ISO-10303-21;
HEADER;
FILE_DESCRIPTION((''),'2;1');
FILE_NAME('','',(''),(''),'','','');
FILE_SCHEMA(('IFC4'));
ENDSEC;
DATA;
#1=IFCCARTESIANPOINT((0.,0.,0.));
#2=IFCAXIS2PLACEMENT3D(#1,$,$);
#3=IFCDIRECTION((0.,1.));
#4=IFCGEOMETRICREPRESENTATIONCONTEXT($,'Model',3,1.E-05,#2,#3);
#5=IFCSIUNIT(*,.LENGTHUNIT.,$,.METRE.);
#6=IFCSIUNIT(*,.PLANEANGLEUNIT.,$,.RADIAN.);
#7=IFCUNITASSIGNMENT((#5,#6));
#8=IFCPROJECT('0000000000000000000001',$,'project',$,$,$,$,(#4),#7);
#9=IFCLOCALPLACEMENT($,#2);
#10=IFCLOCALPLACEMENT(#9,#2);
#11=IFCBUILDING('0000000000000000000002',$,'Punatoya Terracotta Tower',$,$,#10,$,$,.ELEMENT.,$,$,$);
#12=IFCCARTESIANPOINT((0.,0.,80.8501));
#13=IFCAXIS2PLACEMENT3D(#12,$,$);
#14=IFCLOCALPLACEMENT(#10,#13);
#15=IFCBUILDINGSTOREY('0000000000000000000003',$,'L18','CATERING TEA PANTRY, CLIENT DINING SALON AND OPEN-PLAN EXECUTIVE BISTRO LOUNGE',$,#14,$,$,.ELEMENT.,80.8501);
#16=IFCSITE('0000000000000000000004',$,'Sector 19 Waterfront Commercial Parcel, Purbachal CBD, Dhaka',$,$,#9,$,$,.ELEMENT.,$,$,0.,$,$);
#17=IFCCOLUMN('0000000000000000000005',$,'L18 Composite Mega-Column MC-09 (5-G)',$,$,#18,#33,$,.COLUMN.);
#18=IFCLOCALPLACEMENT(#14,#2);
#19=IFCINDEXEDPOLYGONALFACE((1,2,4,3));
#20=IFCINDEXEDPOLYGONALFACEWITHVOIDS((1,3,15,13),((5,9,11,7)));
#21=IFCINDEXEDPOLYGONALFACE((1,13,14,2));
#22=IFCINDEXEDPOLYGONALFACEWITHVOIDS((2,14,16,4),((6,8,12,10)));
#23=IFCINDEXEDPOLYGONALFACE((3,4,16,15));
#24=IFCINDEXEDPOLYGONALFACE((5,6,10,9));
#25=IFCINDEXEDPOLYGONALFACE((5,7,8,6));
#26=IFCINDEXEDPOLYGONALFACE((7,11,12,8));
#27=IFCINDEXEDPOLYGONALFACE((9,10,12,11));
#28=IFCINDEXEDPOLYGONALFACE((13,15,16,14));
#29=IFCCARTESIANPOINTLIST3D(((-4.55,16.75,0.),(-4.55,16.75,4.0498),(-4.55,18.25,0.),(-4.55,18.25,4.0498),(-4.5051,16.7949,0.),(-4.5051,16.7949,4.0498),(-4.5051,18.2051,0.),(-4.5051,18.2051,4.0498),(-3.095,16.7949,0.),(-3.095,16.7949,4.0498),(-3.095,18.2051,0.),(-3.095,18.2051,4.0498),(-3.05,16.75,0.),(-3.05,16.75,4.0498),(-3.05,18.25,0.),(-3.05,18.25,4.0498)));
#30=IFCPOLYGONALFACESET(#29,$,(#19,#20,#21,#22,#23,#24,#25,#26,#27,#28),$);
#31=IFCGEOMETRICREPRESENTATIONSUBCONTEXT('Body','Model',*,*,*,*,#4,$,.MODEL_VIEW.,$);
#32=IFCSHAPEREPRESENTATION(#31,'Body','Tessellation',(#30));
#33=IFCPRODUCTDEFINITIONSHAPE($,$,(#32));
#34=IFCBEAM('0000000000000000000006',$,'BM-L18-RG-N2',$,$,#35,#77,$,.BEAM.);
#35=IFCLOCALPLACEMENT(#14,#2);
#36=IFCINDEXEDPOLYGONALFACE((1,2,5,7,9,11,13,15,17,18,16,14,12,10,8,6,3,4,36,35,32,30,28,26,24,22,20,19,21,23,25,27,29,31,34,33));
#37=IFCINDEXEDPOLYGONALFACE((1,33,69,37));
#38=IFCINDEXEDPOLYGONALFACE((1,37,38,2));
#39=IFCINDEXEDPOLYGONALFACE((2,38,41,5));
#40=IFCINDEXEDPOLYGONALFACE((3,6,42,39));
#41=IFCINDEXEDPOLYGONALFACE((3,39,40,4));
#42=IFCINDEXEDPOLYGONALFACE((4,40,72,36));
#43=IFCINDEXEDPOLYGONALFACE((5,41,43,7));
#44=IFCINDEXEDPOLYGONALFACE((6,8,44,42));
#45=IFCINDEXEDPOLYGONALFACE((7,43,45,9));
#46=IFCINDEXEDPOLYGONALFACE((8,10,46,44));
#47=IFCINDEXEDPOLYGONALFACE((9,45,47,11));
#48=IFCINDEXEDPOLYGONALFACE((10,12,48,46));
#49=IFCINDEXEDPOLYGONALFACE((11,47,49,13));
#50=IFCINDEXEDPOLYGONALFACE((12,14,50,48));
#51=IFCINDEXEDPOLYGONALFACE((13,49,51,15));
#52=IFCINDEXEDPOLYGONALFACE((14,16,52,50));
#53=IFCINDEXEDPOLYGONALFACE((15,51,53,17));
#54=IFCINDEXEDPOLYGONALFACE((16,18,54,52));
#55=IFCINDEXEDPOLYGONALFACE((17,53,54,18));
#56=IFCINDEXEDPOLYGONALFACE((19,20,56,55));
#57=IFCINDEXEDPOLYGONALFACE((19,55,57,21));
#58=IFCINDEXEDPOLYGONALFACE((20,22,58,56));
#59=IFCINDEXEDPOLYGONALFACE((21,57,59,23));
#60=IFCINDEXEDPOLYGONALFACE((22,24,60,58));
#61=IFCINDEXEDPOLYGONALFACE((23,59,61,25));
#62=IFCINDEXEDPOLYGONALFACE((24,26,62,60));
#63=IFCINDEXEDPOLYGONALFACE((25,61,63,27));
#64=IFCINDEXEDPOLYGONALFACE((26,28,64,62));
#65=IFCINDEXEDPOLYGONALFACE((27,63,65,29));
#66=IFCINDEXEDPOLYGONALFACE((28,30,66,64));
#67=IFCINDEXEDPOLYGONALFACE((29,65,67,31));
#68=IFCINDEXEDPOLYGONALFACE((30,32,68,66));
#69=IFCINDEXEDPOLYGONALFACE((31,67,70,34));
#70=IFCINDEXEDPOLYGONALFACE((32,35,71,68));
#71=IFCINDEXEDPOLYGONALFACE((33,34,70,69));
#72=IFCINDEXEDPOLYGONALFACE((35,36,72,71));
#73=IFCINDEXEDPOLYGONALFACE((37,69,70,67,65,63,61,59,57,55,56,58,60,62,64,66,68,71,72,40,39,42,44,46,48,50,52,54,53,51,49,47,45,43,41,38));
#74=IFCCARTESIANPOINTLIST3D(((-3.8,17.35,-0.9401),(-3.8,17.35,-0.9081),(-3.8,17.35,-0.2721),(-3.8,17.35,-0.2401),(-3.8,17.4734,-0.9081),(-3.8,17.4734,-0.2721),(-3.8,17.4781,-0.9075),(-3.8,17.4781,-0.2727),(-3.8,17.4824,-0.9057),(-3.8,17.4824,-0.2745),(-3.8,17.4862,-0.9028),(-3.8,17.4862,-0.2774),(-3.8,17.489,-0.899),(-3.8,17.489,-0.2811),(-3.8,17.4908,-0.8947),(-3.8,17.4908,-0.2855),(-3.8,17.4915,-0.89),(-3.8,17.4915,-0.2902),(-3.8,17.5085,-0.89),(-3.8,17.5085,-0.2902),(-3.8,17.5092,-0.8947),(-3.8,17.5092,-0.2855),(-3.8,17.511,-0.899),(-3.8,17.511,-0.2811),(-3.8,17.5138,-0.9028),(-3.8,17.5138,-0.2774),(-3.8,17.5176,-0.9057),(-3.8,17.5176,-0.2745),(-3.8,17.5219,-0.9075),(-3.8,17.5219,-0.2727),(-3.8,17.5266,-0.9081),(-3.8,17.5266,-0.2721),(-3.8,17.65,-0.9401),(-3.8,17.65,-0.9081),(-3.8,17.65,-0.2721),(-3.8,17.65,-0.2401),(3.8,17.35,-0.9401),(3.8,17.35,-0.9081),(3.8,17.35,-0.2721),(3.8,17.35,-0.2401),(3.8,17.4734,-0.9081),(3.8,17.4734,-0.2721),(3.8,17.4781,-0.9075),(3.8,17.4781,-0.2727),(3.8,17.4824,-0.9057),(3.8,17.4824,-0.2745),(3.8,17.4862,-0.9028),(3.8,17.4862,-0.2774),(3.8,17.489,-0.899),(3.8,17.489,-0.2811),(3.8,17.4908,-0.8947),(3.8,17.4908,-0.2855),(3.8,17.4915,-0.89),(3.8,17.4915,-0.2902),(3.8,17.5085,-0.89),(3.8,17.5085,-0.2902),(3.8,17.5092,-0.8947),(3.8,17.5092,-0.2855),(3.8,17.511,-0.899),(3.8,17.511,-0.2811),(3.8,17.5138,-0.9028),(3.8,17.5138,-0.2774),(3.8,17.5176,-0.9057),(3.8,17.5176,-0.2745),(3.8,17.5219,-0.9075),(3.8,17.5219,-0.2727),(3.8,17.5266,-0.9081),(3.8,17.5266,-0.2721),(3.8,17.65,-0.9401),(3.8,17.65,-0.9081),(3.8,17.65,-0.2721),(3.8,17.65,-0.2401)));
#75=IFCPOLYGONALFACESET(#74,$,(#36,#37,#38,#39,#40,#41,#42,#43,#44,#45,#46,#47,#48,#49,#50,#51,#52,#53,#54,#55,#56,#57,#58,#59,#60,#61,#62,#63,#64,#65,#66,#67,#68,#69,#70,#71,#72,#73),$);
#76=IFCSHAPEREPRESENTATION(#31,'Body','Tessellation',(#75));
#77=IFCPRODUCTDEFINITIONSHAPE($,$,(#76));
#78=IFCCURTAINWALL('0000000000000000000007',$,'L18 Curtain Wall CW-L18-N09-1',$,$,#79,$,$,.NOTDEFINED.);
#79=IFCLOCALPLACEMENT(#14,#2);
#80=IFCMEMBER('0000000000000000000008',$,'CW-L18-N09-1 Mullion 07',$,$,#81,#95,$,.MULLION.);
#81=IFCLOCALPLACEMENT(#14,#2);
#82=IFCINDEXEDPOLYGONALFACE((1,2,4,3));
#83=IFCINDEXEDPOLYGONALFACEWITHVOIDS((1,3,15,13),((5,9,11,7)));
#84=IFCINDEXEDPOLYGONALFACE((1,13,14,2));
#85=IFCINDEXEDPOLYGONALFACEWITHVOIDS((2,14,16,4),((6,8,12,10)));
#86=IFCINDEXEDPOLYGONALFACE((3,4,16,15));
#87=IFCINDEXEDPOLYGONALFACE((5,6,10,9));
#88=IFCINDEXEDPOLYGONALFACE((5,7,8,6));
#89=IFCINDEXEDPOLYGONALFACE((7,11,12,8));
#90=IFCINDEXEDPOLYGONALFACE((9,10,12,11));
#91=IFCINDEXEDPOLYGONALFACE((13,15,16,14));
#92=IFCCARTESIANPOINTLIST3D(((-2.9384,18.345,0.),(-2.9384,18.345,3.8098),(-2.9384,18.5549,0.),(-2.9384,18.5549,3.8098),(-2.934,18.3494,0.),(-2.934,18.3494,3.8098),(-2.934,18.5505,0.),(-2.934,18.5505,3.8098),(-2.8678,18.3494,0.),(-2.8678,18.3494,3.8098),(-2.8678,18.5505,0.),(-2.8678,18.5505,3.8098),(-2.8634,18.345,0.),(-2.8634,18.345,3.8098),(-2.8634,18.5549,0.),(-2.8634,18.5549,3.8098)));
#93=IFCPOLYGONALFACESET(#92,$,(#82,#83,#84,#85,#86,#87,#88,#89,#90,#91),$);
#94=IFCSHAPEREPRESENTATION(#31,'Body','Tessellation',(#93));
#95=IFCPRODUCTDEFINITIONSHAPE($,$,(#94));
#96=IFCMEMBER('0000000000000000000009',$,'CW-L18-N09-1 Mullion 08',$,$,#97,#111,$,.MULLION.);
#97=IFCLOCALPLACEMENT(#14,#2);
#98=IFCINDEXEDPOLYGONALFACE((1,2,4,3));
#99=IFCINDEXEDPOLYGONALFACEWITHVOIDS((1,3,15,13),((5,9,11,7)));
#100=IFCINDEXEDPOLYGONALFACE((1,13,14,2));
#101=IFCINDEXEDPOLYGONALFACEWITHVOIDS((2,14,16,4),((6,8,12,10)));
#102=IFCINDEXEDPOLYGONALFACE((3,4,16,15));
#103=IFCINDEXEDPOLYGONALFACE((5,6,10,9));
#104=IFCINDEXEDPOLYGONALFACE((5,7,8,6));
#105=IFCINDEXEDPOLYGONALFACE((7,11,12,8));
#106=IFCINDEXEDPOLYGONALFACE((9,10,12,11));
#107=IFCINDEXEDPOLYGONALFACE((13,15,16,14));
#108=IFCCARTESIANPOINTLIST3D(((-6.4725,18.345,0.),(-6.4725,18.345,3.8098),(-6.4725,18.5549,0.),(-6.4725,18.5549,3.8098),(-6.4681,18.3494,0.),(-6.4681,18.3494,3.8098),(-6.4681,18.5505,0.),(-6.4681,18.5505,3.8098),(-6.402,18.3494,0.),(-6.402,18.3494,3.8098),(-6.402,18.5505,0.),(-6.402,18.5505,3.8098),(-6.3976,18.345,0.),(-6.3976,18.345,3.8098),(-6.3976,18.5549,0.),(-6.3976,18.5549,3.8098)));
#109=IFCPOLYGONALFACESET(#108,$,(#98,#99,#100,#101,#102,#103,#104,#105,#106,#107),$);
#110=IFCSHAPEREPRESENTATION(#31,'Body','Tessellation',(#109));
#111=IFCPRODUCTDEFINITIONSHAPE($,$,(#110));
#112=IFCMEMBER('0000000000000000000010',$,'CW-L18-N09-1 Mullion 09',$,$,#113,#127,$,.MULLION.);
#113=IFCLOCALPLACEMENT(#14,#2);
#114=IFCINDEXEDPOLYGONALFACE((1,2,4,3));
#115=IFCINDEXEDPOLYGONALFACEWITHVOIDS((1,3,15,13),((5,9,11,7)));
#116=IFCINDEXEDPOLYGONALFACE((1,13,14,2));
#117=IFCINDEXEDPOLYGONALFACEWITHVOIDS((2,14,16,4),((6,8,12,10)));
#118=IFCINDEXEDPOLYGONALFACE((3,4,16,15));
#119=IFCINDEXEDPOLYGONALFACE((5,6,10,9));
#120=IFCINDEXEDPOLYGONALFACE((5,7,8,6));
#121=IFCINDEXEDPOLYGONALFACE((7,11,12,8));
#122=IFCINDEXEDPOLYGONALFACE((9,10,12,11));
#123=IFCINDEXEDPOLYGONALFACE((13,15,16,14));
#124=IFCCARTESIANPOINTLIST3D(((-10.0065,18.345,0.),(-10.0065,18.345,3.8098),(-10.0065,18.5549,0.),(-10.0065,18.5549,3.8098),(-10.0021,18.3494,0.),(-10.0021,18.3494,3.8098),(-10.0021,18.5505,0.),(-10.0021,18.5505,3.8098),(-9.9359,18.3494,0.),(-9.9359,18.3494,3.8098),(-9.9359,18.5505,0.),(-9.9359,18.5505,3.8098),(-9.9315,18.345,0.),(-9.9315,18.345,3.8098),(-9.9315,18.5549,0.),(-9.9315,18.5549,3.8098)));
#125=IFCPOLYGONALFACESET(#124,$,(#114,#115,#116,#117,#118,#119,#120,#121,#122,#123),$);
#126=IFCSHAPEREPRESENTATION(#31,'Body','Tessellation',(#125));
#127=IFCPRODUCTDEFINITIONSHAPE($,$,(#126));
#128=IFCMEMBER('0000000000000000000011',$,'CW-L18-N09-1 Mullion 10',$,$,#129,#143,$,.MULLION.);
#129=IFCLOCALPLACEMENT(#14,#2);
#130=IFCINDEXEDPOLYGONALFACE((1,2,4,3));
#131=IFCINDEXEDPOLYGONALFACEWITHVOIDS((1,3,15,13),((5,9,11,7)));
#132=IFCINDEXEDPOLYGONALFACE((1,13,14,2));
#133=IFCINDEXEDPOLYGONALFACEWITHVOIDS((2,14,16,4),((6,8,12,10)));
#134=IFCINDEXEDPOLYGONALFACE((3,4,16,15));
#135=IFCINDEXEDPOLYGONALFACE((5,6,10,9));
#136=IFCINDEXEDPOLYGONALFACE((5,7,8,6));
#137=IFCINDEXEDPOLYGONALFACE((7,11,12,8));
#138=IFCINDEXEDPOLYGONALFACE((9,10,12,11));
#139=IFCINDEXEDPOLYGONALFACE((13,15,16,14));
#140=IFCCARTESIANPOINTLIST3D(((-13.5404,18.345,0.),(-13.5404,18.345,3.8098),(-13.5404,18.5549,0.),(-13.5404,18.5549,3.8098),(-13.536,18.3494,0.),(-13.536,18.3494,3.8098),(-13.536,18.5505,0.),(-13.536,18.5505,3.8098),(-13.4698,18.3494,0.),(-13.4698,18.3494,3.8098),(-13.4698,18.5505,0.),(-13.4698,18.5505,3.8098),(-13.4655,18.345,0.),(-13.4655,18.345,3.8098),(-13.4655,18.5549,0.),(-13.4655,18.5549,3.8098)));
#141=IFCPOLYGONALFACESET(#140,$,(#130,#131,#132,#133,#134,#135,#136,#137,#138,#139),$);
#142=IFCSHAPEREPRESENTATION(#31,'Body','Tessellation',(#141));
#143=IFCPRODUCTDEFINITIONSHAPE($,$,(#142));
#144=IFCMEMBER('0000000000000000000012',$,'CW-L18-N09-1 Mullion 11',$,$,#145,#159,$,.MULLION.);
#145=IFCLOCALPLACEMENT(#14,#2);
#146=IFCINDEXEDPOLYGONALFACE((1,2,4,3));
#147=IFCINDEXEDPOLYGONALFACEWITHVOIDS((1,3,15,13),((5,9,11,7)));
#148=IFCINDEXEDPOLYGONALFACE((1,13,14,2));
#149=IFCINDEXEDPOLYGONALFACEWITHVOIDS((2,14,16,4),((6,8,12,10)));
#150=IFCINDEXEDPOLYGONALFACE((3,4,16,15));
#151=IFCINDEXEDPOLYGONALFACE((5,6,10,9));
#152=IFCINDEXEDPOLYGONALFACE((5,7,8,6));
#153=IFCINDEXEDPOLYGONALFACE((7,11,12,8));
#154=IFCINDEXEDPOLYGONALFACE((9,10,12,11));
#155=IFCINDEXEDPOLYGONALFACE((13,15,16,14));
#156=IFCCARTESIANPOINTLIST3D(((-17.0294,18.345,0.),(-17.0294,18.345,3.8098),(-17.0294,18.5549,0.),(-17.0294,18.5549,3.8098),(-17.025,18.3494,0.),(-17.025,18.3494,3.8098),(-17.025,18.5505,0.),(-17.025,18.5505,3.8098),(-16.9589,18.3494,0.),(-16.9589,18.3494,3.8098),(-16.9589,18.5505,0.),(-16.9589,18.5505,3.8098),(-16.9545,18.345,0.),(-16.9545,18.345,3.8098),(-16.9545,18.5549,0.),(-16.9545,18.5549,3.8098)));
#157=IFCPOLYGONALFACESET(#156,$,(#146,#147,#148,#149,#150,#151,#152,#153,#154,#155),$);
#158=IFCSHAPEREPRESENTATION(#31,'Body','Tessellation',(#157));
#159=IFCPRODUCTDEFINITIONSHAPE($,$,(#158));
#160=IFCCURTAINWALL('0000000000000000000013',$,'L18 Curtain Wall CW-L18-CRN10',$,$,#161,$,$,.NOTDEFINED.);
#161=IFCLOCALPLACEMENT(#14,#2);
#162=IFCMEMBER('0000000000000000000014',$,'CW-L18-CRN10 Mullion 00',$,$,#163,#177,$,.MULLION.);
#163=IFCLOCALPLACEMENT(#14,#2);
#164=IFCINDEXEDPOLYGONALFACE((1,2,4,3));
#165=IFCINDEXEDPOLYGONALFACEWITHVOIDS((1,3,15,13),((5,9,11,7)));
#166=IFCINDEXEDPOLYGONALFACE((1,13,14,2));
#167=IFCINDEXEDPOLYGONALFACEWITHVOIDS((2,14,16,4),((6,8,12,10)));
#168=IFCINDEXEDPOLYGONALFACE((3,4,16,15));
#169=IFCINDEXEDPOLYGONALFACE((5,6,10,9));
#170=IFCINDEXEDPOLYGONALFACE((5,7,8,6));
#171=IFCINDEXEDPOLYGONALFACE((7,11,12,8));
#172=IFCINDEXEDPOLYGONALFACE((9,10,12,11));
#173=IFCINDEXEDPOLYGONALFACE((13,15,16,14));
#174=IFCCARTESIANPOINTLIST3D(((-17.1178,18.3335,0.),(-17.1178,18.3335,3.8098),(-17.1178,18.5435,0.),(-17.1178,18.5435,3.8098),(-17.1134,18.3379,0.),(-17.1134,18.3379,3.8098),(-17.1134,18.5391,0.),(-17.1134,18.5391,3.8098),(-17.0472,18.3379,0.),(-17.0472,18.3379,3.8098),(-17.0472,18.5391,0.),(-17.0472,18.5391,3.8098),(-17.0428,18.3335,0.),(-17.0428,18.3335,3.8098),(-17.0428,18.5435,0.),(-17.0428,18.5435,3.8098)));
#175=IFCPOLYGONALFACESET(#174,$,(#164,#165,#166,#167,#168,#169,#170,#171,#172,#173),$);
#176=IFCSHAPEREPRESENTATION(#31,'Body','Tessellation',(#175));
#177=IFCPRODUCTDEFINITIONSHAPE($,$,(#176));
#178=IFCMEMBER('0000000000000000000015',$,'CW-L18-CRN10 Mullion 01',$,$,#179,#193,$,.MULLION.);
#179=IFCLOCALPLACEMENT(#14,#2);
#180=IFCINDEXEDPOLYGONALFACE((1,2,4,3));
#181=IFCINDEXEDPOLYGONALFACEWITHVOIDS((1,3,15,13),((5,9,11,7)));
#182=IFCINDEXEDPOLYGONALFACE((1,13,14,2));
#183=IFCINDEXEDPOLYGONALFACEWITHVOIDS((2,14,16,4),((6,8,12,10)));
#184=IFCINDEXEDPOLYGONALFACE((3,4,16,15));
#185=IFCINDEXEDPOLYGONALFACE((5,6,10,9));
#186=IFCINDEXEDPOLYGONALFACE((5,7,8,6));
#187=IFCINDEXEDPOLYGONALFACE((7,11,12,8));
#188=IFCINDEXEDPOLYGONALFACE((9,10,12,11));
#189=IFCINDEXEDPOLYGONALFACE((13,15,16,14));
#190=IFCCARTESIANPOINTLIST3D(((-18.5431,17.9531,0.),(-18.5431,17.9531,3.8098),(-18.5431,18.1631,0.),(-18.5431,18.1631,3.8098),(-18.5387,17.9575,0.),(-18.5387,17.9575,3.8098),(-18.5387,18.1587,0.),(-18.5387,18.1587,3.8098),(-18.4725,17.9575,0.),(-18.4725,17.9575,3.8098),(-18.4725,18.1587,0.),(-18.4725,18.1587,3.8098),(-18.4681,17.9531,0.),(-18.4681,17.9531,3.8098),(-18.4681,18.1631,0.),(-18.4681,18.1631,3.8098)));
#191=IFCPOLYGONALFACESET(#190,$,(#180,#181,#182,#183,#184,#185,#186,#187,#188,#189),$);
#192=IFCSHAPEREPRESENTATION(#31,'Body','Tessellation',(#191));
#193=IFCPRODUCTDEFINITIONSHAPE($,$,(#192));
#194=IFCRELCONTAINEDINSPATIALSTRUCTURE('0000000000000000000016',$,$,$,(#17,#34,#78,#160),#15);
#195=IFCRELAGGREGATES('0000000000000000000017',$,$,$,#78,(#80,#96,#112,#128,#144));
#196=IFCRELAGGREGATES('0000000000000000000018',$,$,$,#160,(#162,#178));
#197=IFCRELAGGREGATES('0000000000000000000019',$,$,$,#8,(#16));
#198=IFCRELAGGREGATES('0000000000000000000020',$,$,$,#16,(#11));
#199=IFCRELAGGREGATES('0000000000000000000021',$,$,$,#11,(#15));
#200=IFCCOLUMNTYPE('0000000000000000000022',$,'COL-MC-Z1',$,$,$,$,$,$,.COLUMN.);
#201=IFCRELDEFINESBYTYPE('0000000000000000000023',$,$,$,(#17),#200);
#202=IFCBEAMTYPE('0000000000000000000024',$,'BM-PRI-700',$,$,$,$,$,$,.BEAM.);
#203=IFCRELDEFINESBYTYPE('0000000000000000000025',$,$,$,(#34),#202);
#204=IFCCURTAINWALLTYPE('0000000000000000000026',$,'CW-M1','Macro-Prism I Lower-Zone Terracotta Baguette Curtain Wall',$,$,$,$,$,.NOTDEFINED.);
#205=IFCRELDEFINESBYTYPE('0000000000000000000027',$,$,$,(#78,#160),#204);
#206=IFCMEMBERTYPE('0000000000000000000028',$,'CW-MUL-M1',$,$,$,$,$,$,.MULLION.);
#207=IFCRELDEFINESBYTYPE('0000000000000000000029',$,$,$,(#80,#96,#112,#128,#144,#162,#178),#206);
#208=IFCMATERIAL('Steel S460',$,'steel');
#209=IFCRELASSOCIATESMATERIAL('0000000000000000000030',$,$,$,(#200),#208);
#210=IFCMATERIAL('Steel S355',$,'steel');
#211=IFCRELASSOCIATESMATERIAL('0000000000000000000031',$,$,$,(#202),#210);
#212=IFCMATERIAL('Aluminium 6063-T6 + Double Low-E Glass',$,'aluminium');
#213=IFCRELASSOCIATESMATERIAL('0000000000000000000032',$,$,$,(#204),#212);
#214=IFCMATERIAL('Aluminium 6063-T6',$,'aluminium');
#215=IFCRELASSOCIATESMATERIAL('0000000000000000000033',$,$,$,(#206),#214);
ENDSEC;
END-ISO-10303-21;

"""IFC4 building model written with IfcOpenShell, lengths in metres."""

from ifc_helpers import new_model, si_unit, direction, frame, origin, origin_2d, place, context, subcontext, project, spatial, hollow_rectangle, i_section, extrude, material, material_profile, profile_set, type_object, element, aggregate, save


model = new_model("IFC4")

# Units and contexts
model_context = context("Model", 3, precision=1e-05, world=origin(), true_north=direction((0.0, 1.0)))
body_context = subcontext(model_context, "Body", "Model", "MODEL_VIEW")
ifc_project = project(units=[si_unit("LENGTHUNIT", "METRE"), si_unit("PLANEANGLEUNIT", "RADIAN")], contexts=[model_context])

# Site, building, storey
site_placement = place(None, origin())
site = spatial("IfcSite", under=ifc_project, at=site_placement, Name="Sector 19 Waterfront Commercial Parcel, Purbachal CBD, Dhaka", CompositionType="ELEMENT", RefElevation=0.0)
building_placement = place(site_placement, origin())
building = spatial("IfcBuilding", under=site, at=building_placement, Name="Punatoya Terracotta Tower", CompositionType="ELEMENT")
storey_placement = place(building_placement, frame((0.0, 0.0, 80.8501)))
storey = spatial("IfcBuildingStorey", under=building, at=storey_placement, Name="L18", Description="CATERING TEA PANTRY, CLIENT DINING SALON AND OPEN-PLAN EXECUTIVE BISTRO LOUNGE", CompositionType="ELEMENT", Elevation=80.8501)

# Column
ifc_material_1 = material(Name="Steel S460", Category="steel")
ifc_material_profile_1 = material_profile(ifc_material_1, hollow_rectangle(XDim=1.5, YDim=1.5, WallThickness=0.0449, at=origin_2d()))
ifc_profile_set_1 = profile_set([ifc_material_profile_1], Name="Steel S460")
column_type = type_object("IfcColumnType", Name="COL-MC-Z1", PredefinedType="COLUMN", material=ifc_profile_set_1)
column_placement = place(storey_placement, frame((-3.8, 17.5, 0.0), z_axis=(0.0, 0.0, 1.0), x_axis=(1.0, 0.0, 0.0)))
element("IfcColumn", 1, at=column_placement, inside=storey, type_object=column_type, Name="L18 Composite Mega-Column MC-09 (5-G)", PredefinedType="COLUMN", context=body_context, shape_type="SweptSolid", body=[
    extrude(hollow_rectangle(XDim=1.5, YDim=1.5, WallThickness=0.0449, at=origin_2d()), origin(), (0.0, 0.0, 1.0), 4.0498),
])

# Beam
ifc_material_2 = material(Name="Steel S355", Category="steel")
ifc_material_profile_2 = material_profile(ifc_material_2, i_section(OverallWidth=0.3, OverallDepth=0.7, WebThickness=0.0171, FlangeThickness=0.032, FilletRadius=0.0181, at=origin_2d()))
ifc_profile_set_2 = profile_set([ifc_material_profile_2], Name="Steel S355")
beam_type = type_object("IfcBeamType", Name="BM-PRI-700", PredefinedType="BEAM", material=ifc_profile_set_2)
beam_placement = place(storey_placement, frame((-3.8, 17.5, -0.5901), z_axis=(1.0, 0.0, 0.0), x_axis=(0.0, 1.0, 0.0)))
element("IfcBeam", 2, at=beam_placement, inside=storey, type_object=beam_type, Name="BM-L18-RG-N2", PredefinedType="BEAM", context=body_context, shape_type="SweptSolid", body=[
    extrude(i_section(OverallWidth=0.3, OverallDepth=0.7, WebThickness=0.0171, FlangeThickness=0.032, FilletRadius=0.0181, at=origin_2d()), origin(), (0.0, 0.0, 1.0), 7.6001),
])

# Curtain walls, members
ifc_material_3 = material(Name="Aluminium 6063-T6 + Double Low-E Glass", Category="aluminium")
curtain_wall_type = type_object("IfcCurtainWallType", Name="CW-M1", Description="Macro-Prism I Lower-Zone Terracotta Baguette Curtain Wall", PredefinedType="NOTDEFINED", material=ifc_material_3)
curtain_wall_1_placement = place(storey_placement, origin())
curtain_wall_1 = element("IfcCurtainWall", 3, at=curtain_wall_1_placement, inside=storey, type_object=curtain_wall_type, Name="L18 Curtain Wall CW-L18-N09-1", PredefinedType="NOTDEFINED")
ifc_material_4 = material(Name="Aluminium 6063-T6", Category="aluminium")
ifc_material_profile_3 = material_profile(ifc_material_4, hollow_rectangle(XDim=0.075, YDim=0.21, WallThickness=0.0044, at=origin_2d()))
ifc_profile_set_3 = profile_set([ifc_material_profile_3], Name="Aluminium 6063-T6")
member_type_1 = type_object("IfcMemberType", Name="CW-MUL-M1", PredefinedType="MULLION", material=ifc_profile_set_3)
member_1_placement = place(storey_placement, frame((-2.9009, 18.45, 0.0), z_axis=(0.0, 0.0, 1.0), x_axis=(1.0, 0.0, 0.0)))
member_1 = element("IfcMember", 4, at=member_1_placement, type_object=member_type_1, Name="CW-L18-N09-1 Mullion 07", PredefinedType="MULLION", context=body_context, shape_type="SweptSolid", body=[
    extrude(hollow_rectangle(XDim=0.075, YDim=0.21, WallThickness=0.0044, at=origin_2d()), origin(), (0.0, 0.0, 1.0), 3.8098),
])
member_2_placement = place(storey_placement, frame((-6.4351, 18.45, 0.0), z_axis=(0.0, 0.0, 1.0), x_axis=(1.0, 0.0, 0.0)))
member_2 = element("IfcMember", 5, at=member_2_placement, type_object=member_type_1, Name="CW-L18-N09-1 Mullion 08", PredefinedType="MULLION", context=body_context, shape_type="SweptSolid", body=[
    extrude(hollow_rectangle(XDim=0.075, YDim=0.21, WallThickness=0.0044, at=origin_2d()), origin(), (0.0, 0.0, 1.0), 3.8098),
])
member_3_placement = place(storey_placement, frame((-9.969, 18.45, 0.0), z_axis=(0.0, 0.0, 1.0), x_axis=(1.0, 0.0, 0.0)))
member_3 = element("IfcMember", 6, at=member_3_placement, type_object=member_type_1, Name="CW-L18-N09-1 Mullion 09", PredefinedType="MULLION", context=body_context, shape_type="SweptSolid", body=[
    extrude(hollow_rectangle(XDim=0.075, YDim=0.21, WallThickness=0.0044, at=origin_2d()), origin(), (0.0, 0.0, 1.0), 3.8098),
])
member_4_placement = place(storey_placement, frame((-13.5029, 18.45, 0.0), z_axis=(0.0, 0.0, 1.0), x_axis=(1.0, 0.0, 0.0)))
member_4 = element("IfcMember", 7, at=member_4_placement, type_object=member_type_1, Name="CW-L18-N09-1 Mullion 10", PredefinedType="MULLION", context=body_context, shape_type="SweptSolid", body=[
    extrude(hollow_rectangle(XDim=0.075, YDim=0.21, WallThickness=0.0044, at=origin_2d()), origin(), (0.0, 0.0, 1.0), 3.8098),
])
member_5_placement = place(storey_placement, frame((-16.9919, 18.45, 0.0), z_axis=(0.0, 0.0, 1.0), x_axis=(1.0, 0.0, 0.0)))
member_5 = element("IfcMember", 8, at=member_5_placement, type_object=member_type_1, Name="CW-L18-N09-1 Mullion 11", PredefinedType="MULLION", context=body_context, shape_type="SweptSolid", body=[
    extrude(hollow_rectangle(XDim=0.075, YDim=0.21, WallThickness=0.0044, at=origin_2d()), origin(), (0.0, 0.0, 1.0), 3.8098),
])
curtain_wall_2_placement = place(storey_placement, origin())
curtain_wall_2 = element("IfcCurtainWall", 9, at=curtain_wall_2_placement, inside=storey, type_object=curtain_wall_type, Name="L18 Curtain Wall CW-L18-CRN10", PredefinedType="NOTDEFINED")
member_6_placement = place(storey_placement, frame((-17.0803, 18.4385, 0.0), z_axis=(0.0, 0.0, 1.0), x_axis=(1.0, 0.0, 0.0)))
member_6 = element("IfcMember", 10, at=member_6_placement, type_object=member_type_1, Name="CW-L18-CRN10 Mullion 00", PredefinedType="MULLION", context=body_context, shape_type="SweptSolid", body=[
    extrude(hollow_rectangle(XDim=0.075, YDim=0.21, WallThickness=0.0044, at=origin_2d()), origin(), (0.0, 0.0, 1.0), 3.8098),
])
member_7_placement = place(storey_placement, frame((-18.5056, 18.0581, 0.0), z_axis=(0.0, 0.0, 1.0), x_axis=(1.0, 0.0, 0.0)))
member_7 = element("IfcMember", 11, at=member_7_placement, type_object=member_type_1, Name="CW-L18-CRN10 Mullion 01", PredefinedType="MULLION", context=body_context, shape_type="SweptSolid", body=[
    extrude(hollow_rectangle(XDim=0.075, YDim=0.21, WallThickness=0.0044, at=origin_2d()), origin(), (0.0, 0.0, 1.0), 3.8098),
])

aggregate(curtain_wall_1, [member_1, member_2, member_3, member_4, member_5])
aggregate(curtain_wall_2, [member_6, member_7])

save(model, "model.ifc")
